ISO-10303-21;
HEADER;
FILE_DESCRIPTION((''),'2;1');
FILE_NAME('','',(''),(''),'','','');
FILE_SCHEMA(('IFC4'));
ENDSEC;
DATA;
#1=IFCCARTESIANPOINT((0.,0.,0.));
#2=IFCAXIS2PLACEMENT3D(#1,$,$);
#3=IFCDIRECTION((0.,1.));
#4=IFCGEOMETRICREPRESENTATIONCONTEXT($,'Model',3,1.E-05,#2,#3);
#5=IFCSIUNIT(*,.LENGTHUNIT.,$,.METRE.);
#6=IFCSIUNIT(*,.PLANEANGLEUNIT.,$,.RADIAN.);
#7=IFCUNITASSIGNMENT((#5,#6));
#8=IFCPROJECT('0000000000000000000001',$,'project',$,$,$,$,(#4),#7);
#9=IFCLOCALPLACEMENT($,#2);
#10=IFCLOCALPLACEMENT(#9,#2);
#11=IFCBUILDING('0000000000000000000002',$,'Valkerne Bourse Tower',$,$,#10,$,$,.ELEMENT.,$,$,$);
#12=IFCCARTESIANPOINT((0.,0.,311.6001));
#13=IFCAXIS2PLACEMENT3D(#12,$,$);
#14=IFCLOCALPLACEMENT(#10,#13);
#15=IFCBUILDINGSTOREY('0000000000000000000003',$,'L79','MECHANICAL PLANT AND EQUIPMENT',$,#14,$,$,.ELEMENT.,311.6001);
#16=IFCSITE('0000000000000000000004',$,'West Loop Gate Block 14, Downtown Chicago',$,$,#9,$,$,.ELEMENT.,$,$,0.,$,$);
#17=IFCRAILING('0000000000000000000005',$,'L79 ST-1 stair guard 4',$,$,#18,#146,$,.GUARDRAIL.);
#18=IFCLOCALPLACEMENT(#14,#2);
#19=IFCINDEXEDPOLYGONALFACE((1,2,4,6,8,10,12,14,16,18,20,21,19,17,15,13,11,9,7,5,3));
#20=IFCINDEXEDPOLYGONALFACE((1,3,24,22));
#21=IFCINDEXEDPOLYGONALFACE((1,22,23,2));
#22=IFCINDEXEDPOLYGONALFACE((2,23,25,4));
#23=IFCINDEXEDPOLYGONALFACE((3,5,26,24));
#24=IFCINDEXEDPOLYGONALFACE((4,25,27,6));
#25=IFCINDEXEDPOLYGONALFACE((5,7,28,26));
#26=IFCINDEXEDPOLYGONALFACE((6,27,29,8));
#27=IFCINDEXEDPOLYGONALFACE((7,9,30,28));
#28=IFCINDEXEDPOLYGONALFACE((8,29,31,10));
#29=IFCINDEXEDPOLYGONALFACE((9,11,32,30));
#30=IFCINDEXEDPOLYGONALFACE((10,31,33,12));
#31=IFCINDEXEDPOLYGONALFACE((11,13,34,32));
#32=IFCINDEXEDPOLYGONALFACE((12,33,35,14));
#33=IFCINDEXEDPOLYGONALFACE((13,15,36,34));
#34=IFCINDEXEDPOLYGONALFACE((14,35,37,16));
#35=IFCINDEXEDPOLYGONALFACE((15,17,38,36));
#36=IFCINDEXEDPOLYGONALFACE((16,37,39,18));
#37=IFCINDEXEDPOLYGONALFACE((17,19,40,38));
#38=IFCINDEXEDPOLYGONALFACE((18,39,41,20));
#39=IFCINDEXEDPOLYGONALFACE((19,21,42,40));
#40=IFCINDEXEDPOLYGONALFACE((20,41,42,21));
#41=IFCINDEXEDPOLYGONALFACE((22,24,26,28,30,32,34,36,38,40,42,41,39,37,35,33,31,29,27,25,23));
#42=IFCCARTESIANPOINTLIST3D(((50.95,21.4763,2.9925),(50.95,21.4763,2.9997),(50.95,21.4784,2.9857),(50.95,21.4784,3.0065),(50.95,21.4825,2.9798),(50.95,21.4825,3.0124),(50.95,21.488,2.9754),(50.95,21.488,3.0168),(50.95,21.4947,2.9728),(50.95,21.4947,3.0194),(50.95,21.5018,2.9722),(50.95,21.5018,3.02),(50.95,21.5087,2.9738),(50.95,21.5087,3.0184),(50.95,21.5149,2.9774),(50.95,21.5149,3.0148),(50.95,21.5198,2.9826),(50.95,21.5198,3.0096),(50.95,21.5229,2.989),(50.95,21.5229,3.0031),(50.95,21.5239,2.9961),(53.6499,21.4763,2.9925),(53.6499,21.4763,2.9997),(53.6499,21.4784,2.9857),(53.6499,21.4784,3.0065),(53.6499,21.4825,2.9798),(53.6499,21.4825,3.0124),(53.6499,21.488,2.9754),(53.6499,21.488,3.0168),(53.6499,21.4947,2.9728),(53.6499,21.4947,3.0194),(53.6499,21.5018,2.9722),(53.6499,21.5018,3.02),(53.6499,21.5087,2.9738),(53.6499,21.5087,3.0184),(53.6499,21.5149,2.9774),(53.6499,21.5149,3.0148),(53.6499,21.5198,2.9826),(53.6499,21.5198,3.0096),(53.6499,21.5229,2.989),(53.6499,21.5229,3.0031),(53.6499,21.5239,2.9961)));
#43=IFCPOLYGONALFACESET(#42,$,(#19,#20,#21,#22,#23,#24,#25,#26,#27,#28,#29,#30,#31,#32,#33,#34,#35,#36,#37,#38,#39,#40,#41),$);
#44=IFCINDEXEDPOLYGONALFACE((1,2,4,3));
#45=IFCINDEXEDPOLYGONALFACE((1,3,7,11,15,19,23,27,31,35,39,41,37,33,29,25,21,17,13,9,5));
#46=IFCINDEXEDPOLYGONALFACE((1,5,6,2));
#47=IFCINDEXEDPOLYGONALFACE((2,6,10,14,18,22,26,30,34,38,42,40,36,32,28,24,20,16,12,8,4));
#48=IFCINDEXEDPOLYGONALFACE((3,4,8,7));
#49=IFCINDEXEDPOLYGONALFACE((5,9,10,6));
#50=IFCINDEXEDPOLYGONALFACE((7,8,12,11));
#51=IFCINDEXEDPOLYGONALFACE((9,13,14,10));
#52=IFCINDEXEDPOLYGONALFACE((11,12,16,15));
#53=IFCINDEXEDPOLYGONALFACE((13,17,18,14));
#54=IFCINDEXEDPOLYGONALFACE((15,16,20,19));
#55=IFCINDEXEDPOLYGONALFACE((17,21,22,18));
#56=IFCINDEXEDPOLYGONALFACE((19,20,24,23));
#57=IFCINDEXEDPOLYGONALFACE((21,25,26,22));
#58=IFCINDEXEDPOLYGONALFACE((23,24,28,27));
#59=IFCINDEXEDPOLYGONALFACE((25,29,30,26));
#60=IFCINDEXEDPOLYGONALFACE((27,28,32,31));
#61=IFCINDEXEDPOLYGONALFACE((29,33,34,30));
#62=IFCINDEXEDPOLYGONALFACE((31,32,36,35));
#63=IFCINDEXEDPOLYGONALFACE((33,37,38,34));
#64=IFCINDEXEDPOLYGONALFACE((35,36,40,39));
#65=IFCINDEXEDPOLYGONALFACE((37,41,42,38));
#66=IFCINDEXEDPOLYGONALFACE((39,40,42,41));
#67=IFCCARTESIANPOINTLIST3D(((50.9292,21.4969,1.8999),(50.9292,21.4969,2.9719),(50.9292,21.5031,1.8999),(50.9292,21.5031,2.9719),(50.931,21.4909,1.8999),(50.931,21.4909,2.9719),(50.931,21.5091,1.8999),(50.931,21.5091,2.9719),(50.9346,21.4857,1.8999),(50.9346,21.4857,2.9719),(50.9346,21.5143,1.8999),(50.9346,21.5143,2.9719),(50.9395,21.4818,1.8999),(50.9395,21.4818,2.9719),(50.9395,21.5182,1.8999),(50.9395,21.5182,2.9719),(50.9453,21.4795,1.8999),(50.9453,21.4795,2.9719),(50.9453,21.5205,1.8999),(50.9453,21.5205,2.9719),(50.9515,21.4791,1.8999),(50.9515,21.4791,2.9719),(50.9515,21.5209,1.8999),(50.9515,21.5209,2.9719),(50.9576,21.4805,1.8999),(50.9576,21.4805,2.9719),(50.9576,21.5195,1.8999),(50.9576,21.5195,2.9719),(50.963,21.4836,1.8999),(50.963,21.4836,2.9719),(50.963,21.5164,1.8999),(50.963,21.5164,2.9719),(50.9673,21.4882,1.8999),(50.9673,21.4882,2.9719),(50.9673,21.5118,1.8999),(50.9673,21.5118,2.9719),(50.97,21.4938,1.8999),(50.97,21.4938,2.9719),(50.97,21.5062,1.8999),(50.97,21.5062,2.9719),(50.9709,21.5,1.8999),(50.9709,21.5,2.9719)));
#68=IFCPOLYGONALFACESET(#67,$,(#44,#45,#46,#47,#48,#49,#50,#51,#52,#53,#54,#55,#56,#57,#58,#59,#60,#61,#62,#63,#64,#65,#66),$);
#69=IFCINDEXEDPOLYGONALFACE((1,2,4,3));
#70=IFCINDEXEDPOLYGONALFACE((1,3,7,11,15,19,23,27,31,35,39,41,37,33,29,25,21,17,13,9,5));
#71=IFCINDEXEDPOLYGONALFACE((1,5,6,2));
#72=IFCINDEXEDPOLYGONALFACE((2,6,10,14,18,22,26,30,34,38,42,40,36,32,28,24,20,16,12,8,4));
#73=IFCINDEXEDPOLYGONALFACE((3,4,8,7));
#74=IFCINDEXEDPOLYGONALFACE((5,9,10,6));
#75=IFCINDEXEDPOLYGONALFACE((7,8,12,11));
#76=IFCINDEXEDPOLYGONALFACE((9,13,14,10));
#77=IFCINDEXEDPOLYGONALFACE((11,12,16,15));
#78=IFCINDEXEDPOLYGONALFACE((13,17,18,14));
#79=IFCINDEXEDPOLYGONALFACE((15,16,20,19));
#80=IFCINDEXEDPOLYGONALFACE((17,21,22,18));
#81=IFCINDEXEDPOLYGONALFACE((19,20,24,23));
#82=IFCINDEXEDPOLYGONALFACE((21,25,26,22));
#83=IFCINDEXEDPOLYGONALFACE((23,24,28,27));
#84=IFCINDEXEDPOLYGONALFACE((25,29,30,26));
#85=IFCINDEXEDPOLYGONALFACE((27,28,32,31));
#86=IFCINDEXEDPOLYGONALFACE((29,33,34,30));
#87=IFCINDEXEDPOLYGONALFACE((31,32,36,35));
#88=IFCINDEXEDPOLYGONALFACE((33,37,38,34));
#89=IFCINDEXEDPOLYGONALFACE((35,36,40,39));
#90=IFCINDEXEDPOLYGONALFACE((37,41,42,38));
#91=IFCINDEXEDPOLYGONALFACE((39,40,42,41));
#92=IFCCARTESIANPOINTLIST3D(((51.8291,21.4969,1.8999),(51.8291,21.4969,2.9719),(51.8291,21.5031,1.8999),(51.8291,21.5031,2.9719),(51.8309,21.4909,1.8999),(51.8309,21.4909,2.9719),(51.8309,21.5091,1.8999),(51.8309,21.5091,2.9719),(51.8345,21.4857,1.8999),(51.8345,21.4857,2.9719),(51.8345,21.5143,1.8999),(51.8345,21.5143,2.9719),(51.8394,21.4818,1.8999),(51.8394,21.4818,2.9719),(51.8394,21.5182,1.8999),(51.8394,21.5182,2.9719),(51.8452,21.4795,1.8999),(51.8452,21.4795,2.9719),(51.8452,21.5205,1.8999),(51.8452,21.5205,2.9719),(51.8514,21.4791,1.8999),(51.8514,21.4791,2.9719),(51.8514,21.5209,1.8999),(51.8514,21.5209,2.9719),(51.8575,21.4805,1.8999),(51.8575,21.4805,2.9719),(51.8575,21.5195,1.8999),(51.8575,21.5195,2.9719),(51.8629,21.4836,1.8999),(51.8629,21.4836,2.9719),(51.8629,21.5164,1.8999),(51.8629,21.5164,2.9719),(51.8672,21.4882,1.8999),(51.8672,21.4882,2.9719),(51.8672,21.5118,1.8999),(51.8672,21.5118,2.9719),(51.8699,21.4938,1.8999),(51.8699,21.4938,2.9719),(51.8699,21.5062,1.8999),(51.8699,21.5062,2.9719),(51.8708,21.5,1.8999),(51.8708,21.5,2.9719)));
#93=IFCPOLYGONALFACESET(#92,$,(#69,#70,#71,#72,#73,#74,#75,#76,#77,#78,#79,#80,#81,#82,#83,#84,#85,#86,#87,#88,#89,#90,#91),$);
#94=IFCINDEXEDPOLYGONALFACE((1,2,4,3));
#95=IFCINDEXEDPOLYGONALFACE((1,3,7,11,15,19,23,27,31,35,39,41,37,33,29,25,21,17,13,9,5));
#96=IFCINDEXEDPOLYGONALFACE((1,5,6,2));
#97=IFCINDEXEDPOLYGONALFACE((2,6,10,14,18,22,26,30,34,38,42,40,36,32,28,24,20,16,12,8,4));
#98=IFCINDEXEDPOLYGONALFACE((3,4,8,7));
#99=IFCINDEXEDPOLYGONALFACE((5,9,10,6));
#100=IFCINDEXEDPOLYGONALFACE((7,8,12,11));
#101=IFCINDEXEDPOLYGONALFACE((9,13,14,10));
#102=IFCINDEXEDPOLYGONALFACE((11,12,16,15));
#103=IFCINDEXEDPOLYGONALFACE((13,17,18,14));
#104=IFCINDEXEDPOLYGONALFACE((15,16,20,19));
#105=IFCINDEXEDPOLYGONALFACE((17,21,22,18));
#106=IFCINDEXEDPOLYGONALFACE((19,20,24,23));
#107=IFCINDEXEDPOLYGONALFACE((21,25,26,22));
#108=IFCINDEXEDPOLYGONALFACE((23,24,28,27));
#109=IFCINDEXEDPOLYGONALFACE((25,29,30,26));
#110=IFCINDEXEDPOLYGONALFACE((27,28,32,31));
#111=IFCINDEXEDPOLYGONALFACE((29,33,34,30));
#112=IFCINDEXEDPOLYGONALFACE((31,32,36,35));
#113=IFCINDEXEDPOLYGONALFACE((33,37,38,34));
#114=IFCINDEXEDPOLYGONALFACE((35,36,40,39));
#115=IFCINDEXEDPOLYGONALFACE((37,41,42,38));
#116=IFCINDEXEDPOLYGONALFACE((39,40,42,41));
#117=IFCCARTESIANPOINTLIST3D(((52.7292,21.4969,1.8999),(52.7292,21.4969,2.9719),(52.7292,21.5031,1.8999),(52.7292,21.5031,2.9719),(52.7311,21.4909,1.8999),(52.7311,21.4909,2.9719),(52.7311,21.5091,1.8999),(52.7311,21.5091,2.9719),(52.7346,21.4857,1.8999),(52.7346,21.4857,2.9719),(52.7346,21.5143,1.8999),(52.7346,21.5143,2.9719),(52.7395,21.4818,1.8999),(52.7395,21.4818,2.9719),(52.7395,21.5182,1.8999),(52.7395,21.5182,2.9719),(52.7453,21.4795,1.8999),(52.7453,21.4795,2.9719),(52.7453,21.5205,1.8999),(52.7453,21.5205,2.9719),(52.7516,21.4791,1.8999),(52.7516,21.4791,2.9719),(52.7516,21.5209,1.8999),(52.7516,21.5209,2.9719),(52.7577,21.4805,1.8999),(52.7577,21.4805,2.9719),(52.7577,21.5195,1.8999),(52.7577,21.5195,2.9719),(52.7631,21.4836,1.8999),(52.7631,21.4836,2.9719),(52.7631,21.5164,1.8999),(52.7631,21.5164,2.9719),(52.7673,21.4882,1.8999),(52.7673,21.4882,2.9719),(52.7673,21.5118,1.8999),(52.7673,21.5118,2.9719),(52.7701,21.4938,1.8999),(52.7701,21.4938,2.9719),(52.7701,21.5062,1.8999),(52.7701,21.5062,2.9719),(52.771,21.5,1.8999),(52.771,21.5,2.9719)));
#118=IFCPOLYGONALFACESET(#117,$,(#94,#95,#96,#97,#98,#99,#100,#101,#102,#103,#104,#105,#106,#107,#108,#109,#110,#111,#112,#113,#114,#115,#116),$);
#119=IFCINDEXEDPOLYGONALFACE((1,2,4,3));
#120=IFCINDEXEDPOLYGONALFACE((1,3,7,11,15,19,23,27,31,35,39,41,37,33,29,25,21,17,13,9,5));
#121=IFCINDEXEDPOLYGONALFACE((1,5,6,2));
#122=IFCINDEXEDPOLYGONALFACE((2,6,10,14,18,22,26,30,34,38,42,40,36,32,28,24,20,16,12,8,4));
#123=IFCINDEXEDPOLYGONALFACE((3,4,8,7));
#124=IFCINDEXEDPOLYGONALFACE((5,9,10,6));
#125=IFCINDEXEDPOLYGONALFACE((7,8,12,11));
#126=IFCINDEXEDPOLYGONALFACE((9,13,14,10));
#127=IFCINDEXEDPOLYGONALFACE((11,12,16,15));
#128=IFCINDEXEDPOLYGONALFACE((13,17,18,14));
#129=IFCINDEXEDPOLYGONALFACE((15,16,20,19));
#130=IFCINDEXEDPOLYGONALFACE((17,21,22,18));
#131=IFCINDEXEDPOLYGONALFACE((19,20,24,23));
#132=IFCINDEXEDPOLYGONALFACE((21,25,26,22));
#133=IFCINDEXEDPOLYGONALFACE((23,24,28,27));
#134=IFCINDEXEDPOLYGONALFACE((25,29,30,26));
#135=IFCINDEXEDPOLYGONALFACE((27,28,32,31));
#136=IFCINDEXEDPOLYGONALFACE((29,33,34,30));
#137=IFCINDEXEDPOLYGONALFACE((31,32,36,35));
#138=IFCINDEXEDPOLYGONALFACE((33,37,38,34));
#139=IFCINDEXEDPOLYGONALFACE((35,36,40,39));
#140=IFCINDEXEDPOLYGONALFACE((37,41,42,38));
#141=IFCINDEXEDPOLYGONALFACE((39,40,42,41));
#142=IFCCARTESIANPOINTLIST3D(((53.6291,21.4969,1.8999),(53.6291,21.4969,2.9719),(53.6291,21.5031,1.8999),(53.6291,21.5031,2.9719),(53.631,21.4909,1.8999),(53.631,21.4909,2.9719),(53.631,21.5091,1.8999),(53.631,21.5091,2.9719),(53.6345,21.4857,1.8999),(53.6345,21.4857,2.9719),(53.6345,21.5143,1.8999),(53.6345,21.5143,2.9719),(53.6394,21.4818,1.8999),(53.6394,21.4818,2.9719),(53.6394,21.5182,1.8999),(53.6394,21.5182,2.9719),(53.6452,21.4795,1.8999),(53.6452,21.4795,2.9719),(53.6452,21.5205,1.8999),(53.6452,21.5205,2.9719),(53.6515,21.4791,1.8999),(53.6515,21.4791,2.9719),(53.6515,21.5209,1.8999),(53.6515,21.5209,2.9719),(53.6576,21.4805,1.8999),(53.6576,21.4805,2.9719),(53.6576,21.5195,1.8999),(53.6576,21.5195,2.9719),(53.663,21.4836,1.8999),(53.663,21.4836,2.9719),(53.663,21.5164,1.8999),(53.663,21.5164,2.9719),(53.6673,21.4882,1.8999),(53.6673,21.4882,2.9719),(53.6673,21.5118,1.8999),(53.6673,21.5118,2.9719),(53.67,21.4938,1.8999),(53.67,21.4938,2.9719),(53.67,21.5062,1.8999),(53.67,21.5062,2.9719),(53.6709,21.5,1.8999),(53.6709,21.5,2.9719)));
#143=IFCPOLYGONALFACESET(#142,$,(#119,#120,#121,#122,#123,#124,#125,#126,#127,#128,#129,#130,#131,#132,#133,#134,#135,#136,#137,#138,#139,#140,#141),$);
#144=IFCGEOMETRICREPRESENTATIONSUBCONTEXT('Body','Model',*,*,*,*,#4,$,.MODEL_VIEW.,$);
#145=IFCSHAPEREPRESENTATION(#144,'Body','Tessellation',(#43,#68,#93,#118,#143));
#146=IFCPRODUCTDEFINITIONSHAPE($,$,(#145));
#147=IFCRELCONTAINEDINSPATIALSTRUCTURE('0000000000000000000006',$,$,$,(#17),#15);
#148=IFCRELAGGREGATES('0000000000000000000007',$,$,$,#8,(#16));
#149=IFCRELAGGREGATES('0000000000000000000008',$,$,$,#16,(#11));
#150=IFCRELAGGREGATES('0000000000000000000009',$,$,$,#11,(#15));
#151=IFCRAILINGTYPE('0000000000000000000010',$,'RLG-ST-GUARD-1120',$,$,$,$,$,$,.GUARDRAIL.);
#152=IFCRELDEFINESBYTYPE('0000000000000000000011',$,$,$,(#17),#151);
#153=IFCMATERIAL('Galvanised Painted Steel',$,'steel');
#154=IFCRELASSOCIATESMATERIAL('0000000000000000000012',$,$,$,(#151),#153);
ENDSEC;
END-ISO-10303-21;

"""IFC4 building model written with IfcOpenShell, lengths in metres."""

from ifc_helpers import new_model, si_unit, direction, frame, origin, origin_2d, place, context, subcontext, project, spatial, circle, extrude, material, type_object, element, save


model = new_model("IFC4")

# Units and contexts
model_context = context("Model", 3, precision=1e-05, world=origin(), true_north=direction((0.0, 1.0)))
body_context = subcontext(model_context, "Body", "Model", "MODEL_VIEW")
ifc_project = project(units=[si_unit("LENGTHUNIT", "METRE"), si_unit("PLANEANGLEUNIT", "RADIAN")], contexts=[model_context])

# Site, building, storey
site_placement = place(None, origin())
site = spatial("IfcSite", under=ifc_project, at=site_placement, Name="West Loop Gate Block 14, Downtown Chicago", CompositionType="ELEMENT", RefElevation=0.0)
building_placement = place(site_placement, origin())
building = spatial("IfcBuilding", under=site, at=building_placement, Name="Valkerne Bourse Tower", CompositionType="ELEMENT")
storey_placement = place(building_placement, frame((0.0, 0.0, 311.6001)))
storey = spatial("IfcBuildingStorey", under=building, at=storey_placement, Name="L79", Description="MECHANICAL PLANT AND EQUIPMENT", CompositionType="ELEMENT", Elevation=311.6001)

# Shared definitions
ifc_material_1 = material(Name="Galvanised Painted Steel", Category="steel")

# Railing
railing_type_1 = type_object("IfcRailingType", Name="RLG-ST-GUARD-1120", PredefinedType="GUARDRAIL", material=ifc_material_1)
for number, where, name in (
    (1, (50.95, 21.5, 1.8999), "L79 ST-1 stair guard 4"),
):
    element("IfcRailing", number, at=place(storey_placement, frame(where)), inside=storey, type_object=railing_type_1, Name=name, PredefinedType="GUARDRAIL", context=body_context, shape_type="SweptSolid", body=[
        extrude(circle(Radius=0.0239, at=origin_2d()), frame((0.0, 0.0, 1.0962), z_axis=(1.0, 0.0, 0.0), x_axis=(0.0, 1.0, 0.0)), (0.0, 0.0, 1.0), 2.7),
        extrude(circle(Radius=0.021, at=origin_2d()), origin(), (0.0, 0.0, 1.0), 1.072),
        extrude(circle(Radius=0.021, at=origin_2d()), frame((0.8999, 0.0, 0.0)), (0.0, 0.0, 1.0), 1.072),
        extrude(circle(Radius=0.021, at=origin_2d()), frame((1.8, 0.0, 0.0)), (0.0, 0.0, 1.0), 1.072),
        extrude(circle(Radius=0.021, at=origin_2d()), frame((2.7, 0.0, 0.0)), (0.0, 0.0, 1.0), 1.072),
    ])

save(model, "model.ifc")
